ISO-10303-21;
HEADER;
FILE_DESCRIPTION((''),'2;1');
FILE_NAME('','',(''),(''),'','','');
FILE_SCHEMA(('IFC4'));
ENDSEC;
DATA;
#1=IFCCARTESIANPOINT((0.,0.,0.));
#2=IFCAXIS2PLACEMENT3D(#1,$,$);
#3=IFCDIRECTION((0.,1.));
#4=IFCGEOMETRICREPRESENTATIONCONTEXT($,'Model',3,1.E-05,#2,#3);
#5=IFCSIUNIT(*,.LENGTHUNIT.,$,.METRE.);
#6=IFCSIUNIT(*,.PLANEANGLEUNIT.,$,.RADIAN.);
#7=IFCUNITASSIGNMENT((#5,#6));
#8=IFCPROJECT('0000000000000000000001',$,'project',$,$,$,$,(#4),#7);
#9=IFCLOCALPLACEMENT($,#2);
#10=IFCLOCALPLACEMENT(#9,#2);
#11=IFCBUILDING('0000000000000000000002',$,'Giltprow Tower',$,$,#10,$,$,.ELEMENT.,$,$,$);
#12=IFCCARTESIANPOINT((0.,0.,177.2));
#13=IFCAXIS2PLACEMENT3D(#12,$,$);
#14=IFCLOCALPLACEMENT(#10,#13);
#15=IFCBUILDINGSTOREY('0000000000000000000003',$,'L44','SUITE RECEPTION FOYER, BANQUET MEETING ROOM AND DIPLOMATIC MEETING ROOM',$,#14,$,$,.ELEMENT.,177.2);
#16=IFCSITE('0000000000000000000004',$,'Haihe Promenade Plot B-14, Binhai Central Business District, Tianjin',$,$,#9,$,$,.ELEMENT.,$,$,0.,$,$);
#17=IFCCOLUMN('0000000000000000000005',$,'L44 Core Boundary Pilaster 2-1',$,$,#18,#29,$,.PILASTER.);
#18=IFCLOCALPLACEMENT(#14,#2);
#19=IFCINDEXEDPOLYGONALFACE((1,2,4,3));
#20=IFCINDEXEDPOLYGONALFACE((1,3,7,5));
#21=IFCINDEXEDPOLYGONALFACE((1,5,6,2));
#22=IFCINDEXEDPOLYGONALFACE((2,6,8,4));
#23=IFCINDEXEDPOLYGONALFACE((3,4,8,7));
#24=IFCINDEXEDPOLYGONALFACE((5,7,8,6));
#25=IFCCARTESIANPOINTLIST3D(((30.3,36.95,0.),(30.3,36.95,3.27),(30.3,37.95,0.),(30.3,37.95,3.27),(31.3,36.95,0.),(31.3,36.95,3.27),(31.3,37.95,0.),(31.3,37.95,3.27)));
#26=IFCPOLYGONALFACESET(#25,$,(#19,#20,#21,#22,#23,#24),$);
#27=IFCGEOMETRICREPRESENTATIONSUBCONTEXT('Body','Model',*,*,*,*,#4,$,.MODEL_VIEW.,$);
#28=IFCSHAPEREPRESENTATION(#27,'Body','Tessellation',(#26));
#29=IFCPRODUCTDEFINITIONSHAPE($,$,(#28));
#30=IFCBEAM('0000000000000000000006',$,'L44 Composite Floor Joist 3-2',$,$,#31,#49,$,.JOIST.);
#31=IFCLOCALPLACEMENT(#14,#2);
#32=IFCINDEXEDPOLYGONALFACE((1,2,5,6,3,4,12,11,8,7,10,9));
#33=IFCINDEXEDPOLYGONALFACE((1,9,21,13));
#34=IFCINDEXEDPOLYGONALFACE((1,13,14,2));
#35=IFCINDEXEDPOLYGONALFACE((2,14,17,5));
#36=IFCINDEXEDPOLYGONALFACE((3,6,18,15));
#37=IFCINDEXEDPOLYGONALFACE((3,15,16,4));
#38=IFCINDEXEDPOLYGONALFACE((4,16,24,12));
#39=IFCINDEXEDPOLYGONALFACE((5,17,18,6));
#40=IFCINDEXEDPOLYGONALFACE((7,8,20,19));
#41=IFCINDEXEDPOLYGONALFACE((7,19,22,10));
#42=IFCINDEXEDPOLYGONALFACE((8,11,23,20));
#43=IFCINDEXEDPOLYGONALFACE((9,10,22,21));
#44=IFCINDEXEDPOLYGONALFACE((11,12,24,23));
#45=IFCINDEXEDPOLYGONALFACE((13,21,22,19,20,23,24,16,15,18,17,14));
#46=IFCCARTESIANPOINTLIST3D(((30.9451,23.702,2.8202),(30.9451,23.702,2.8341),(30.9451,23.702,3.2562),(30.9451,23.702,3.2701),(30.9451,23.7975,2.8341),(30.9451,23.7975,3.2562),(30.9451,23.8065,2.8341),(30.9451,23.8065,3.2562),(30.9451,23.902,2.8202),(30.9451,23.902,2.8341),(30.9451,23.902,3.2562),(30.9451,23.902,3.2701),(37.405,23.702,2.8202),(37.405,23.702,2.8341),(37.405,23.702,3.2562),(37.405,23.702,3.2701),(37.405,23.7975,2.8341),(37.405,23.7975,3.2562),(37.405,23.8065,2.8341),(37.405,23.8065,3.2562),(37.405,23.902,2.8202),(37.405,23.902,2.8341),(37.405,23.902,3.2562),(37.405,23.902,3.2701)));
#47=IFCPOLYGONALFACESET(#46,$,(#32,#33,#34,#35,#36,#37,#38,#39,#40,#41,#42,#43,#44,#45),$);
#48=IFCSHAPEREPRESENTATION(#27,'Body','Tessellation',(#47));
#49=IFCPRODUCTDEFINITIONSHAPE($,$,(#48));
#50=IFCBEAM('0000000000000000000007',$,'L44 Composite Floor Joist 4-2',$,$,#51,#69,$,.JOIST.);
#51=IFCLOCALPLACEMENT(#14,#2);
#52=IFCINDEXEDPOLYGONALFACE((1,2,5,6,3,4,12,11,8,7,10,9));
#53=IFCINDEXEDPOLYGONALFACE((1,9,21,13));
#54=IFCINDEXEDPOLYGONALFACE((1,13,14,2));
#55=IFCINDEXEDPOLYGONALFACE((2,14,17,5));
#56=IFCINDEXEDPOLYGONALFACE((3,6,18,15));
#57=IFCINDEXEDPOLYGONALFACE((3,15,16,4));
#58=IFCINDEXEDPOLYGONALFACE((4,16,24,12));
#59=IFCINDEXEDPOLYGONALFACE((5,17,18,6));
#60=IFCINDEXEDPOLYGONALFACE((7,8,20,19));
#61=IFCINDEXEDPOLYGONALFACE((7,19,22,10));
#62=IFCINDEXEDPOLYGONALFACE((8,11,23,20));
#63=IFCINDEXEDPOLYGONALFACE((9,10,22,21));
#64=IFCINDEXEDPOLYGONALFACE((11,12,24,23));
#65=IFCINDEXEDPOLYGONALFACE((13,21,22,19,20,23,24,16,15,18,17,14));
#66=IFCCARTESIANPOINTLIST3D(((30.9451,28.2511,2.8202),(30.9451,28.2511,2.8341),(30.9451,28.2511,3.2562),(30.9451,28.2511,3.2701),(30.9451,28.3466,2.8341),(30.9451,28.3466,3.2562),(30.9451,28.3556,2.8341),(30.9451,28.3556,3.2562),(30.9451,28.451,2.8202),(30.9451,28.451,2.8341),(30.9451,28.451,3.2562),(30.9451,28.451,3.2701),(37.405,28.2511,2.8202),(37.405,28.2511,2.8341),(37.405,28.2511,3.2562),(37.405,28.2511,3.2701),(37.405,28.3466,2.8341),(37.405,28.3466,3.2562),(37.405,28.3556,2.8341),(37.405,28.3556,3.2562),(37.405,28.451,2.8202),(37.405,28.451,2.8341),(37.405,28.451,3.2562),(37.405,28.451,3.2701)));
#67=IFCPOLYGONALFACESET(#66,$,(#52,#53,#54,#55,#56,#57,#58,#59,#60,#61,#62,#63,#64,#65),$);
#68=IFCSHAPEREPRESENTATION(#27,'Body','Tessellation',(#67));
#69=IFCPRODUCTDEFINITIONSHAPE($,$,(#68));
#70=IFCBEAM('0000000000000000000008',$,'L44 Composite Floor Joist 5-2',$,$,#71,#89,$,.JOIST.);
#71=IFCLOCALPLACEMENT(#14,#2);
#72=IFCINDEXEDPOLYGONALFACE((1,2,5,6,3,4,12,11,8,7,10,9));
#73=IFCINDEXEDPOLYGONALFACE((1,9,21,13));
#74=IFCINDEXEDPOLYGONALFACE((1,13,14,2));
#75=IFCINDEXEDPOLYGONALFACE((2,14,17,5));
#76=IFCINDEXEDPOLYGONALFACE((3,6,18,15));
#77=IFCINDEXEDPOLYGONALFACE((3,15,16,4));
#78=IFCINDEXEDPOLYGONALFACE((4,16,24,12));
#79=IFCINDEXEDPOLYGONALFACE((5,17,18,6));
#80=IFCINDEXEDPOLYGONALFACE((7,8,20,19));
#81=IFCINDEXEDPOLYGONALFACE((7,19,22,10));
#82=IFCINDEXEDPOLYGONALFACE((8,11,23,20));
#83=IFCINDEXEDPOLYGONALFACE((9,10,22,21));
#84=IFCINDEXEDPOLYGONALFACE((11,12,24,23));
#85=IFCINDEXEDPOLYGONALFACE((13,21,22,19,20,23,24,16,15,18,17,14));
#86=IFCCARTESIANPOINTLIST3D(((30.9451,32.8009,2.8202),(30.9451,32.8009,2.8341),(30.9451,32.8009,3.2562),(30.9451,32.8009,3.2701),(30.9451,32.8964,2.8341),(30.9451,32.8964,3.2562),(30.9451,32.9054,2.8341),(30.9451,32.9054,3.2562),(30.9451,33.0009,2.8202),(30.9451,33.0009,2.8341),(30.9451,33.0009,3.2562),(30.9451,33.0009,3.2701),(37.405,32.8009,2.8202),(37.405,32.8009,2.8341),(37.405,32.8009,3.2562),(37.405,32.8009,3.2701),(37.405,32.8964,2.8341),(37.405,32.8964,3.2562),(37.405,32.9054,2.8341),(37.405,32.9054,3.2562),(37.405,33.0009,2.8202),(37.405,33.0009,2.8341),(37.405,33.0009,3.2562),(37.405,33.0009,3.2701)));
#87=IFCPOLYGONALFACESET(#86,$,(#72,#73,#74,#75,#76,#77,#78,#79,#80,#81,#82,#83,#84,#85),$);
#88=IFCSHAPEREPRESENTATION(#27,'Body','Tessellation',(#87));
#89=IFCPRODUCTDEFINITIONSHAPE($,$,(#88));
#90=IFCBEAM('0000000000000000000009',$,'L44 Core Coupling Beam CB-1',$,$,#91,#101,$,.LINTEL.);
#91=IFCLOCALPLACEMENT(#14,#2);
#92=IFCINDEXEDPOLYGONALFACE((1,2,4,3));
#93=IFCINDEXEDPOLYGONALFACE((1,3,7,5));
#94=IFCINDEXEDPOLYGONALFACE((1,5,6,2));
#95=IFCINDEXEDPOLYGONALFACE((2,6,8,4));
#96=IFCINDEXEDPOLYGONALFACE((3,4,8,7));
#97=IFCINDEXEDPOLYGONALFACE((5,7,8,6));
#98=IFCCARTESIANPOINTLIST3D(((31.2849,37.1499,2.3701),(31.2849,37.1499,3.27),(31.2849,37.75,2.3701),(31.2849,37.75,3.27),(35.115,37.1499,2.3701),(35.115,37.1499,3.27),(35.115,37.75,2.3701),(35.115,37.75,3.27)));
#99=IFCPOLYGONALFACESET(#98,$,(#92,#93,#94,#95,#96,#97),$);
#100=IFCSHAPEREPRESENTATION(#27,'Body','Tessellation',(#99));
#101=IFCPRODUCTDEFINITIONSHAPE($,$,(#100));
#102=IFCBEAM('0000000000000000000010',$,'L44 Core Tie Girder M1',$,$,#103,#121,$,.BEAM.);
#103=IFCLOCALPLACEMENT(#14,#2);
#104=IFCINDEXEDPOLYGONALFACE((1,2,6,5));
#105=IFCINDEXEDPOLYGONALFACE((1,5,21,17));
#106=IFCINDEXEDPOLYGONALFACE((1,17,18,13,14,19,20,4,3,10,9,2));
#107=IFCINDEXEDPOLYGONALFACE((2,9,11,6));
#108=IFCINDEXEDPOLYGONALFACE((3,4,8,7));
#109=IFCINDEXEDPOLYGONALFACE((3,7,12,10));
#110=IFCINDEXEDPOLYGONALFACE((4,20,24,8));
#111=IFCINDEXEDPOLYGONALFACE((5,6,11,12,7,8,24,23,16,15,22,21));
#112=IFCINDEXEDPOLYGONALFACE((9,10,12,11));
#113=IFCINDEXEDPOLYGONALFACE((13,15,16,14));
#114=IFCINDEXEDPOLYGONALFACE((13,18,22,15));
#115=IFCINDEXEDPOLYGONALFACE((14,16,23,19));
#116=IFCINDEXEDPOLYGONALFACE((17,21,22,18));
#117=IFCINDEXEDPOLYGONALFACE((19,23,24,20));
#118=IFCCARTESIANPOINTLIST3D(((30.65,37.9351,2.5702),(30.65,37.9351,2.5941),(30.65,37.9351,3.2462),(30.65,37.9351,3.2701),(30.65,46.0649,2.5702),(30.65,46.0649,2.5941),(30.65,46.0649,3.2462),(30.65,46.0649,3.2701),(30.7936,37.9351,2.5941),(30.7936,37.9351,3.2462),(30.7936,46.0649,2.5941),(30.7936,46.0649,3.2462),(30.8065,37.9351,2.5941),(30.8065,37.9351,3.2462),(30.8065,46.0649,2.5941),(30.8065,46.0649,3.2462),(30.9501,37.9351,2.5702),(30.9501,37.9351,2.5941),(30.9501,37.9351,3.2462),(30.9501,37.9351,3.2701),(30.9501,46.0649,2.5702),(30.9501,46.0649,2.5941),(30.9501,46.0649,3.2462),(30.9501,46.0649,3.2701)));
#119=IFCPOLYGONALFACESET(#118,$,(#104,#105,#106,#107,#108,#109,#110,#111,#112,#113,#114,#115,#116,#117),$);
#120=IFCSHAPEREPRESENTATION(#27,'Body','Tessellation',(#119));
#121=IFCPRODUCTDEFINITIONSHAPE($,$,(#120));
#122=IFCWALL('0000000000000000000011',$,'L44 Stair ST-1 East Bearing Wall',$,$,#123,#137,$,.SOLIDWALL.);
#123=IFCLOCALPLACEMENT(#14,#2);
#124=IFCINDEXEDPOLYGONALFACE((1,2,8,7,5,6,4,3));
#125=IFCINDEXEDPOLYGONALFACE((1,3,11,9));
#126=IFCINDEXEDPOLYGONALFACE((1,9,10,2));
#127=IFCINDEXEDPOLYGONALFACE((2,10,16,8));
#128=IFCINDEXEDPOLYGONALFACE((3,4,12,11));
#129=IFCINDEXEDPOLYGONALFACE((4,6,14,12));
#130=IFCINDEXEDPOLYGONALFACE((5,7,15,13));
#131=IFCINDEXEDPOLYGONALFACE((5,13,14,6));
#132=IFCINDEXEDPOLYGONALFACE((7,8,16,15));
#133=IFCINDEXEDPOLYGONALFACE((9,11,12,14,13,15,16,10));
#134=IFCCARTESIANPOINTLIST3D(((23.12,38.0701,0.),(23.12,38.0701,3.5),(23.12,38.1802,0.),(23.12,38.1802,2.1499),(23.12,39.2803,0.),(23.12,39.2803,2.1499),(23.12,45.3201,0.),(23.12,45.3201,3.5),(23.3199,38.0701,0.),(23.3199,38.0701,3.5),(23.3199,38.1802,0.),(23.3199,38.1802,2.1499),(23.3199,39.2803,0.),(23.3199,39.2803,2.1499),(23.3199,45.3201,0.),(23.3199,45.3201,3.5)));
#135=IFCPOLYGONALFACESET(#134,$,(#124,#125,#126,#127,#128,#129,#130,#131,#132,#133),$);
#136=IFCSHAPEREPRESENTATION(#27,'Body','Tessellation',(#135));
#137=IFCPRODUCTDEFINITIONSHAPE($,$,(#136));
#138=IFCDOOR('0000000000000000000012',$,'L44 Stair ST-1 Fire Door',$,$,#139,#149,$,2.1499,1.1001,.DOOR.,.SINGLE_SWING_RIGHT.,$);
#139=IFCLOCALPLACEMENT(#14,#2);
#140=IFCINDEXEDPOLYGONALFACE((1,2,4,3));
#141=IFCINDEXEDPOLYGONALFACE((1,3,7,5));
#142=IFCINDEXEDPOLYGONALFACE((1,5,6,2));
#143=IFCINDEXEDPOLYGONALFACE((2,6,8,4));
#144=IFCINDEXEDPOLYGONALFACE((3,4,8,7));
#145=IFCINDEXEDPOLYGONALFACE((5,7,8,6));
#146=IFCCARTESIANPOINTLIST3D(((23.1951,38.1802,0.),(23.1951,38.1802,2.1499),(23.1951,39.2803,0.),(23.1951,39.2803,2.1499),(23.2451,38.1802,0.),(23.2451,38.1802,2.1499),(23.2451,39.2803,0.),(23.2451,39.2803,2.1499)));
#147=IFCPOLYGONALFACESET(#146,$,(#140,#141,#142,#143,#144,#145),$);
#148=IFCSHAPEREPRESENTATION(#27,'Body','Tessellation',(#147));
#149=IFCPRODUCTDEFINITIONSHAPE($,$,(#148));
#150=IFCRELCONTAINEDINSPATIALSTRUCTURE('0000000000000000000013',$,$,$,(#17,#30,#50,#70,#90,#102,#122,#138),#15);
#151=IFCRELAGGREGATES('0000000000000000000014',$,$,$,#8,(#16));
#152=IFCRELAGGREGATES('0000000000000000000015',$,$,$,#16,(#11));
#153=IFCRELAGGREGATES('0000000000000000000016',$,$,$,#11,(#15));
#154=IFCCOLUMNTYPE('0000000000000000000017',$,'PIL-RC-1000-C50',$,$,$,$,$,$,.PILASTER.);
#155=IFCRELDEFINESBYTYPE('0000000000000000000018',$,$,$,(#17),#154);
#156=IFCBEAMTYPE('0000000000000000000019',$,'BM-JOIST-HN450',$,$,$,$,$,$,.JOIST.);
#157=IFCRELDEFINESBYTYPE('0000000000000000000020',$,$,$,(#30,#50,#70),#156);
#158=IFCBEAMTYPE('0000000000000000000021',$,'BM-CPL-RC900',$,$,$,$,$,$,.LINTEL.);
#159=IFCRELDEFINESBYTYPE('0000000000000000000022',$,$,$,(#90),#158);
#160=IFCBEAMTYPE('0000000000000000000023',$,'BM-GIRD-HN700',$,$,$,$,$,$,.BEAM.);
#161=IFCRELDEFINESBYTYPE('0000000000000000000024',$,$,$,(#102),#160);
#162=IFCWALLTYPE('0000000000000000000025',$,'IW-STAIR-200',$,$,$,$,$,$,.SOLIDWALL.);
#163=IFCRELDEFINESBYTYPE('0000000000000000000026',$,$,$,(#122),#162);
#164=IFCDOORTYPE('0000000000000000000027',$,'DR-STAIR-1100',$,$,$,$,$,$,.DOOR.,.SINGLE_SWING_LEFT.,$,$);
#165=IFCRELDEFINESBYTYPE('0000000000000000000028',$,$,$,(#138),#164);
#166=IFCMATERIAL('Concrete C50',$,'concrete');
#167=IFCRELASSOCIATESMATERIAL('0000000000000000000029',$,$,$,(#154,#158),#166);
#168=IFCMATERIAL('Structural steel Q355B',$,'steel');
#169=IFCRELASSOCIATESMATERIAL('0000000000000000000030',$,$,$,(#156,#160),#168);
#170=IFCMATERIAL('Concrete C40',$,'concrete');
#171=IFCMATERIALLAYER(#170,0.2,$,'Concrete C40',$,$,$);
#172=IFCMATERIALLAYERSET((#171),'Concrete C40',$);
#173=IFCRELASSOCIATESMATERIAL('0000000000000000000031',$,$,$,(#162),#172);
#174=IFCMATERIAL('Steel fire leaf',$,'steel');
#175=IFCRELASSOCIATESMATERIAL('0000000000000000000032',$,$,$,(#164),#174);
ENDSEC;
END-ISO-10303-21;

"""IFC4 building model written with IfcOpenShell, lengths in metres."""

from ifc_helpers import new_model, si_unit, direction, frame, frame_2d, origin, origin_2d, place, context, subcontext, project, spatial, rectangle, i_section, extrude, source, transform, mapped, material, layer, layer_set, material_profile, profile_set, type_object, element, fill, save


model = new_model("IFC4")

# Units and contexts
model_context = context("Model", 3, precision=1e-05, world=origin(), true_north=direction((0.0, 1.0)))
body_context = subcontext(model_context, "Body", "Model", "MODEL_VIEW")
ifc_project = project(units=[si_unit("LENGTHUNIT", "METRE"), si_unit("PLANEANGLEUNIT", "RADIAN")], contexts=[model_context])

# Site, building, storey
site_placement = place(None, origin())
site = spatial("IfcSite", under=ifc_project, at=site_placement, Name="Haihe Promenade Plot B-14, Binhai Central Business District, Tianjin", CompositionType="ELEMENT", RefElevation=0.0)
building_placement = place(site_placement, origin())
building = spatial("IfcBuilding", under=site, at=building_placement, Name="Giltprow Tower", CompositionType="ELEMENT")
storey_placement = place(building_placement, frame((0.0, 0.0, 177.2)))
storey = spatial("IfcBuildingStorey", under=building, at=storey_placement, Name="L44", Description="SUITE RECEPTION FOYER, BANQUET MEETING ROOM AND DIPLOMATIC MEETING ROOM", CompositionType="ELEMENT", Elevation=177.2)

# Column
ifc_material_1 = material(Name="Concrete C50", Category="concrete")
ifc_material_profile_1 = material_profile(ifc_material_1, rectangle(XDim=1.0, YDim=1.0, at=origin_2d()), Name="RC 1000x1000")
ifc_profile_set_1 = profile_set([ifc_material_profile_1], Name="Concrete C50")
column_type = type_object("IfcColumnType", Name="PIL-RC-1000-C50", PredefinedType="PILASTER", material=ifc_profile_set_1)
shared_shape_1 = source(origin(), body_context, "Body", "SweptSolid", [
    extrude(rectangle(XDim=1.0, YDim=1.0, at=origin_2d()), origin(), (0.0, 0.0, 1.0), 3.27),
])
column_placement = place(storey_placement, frame((30.8, 37.45, 0.0), z_axis=(0.0, 0.0, 1.0), x_axis=(1.0, 0.0, 0.0)))
element("IfcColumn", 1, at=column_placement, inside=storey, type_object=column_type, Name="L44 Core Boundary Pilaster 2-1", PredefinedType="PILASTER", context=body_context, shape_type="MappedRepresentation", body=[
    mapped(shared_shape_1, transform((0.0, 0.0, 0.0), x_axis=(1.0, 0.0, 0.0), y_axis=(0.0, 1.0, 0.0), z_axis=(0.0, 0.0, 1.0), scale=1.0)),
])

# Beams
ifc_material_2 = material(Name="Structural steel Q355B", Category="steel")
ifc_material_profile_2 = material_profile(ifc_material_2, i_section(OverallWidth=0.2, OverallDepth=0.45, WebThickness=0.009, FlangeThickness=0.0139, at=origin_2d()), Name="HN 450x200x9x14")
ifc_profile_set_2 = profile_set([ifc_material_profile_2], Name="Structural steel Q355B")
beam_type_1 = type_object("IfcBeamType", Name="BM-JOIST-HN450", PredefinedType="JOIST", material=ifc_profile_set_2)
shared_shape_2 = source(origin(), body_context, "Body", "SweptSolid", [
    extrude(i_section(OverallWidth=0.2, OverallDepth=0.45, WebThickness=0.009, FlangeThickness=0.0139, at=origin_2d()), origin(), (0.0, 0.0, 1.0), 6.46),
])
for number, where, z_axis, x_axis, name in (
    (2, (30.9451, 23.802, 3.0452), (1.0, 0.0, 0.0), (0.0, 1.0, 0.0), "L44 Composite Floor Joist 3-2"),
    (3, (30.9451, 28.3511, 3.0452), (1.0, 0.0, 0.0), (0.0, 1.0, 0.0), "L44 Composite Floor Joist 4-2"),
    (4, (30.9451, 32.9009, 3.0452), (1.0, 0.0, 0.0), (0.0, 1.0, 0.0), "L44 Composite Floor Joist 5-2"),
):
    element("IfcBeam", number, at=place(storey_placement, frame(where, z_axis=z_axis, x_axis=x_axis)), inside=storey, type_object=beam_type_1, Name=name, PredefinedType="JOIST", context=body_context, shape_type="MappedRepresentation", body=[
        mapped(shared_shape_2, transform((0.0, 0.0, 0.0), x_axis=(1.0, 0.0, 0.0), y_axis=(0.0, 1.0, 0.0), z_axis=(0.0, 0.0, 1.0), scale=1.0)),
    ])
ifc_material_profile_3 = material_profile(ifc_material_1, rectangle(XDim=0.6001, YDim=0.8999, at=origin_2d()), Name="RC 900x600")
ifc_profile_set_3 = profile_set([ifc_material_profile_3], Name="Concrete C50")
beam_type_2 = type_object("IfcBeamType", Name="BM-CPL-RC900", PredefinedType="LINTEL", material=ifc_profile_set_3)
shared_shape_3 = source(origin(), body_context, "Body", "SweptSolid", [
    extrude(rectangle(XDim=0.6001, YDim=0.8999, at=origin_2d()), origin(), (0.0, 0.0, 1.0), 3.8301),
])
beam_1_placement = place(storey_placement, frame((31.2849, 37.45, 2.8201), z_axis=(1.0, 0.0, 0.0), x_axis=(0.0, 1.0, 0.0)))
element("IfcBeam", 5, at=beam_1_placement, inside=storey, type_object=beam_type_2, Name="L44 Core Coupling Beam CB-1", PredefinedType="LINTEL", context=body_context, shape_type="MappedRepresentation", body=[
    mapped(shared_shape_3, transform((0.0, 0.0, 0.0), x_axis=(1.0, 0.0, 0.0), y_axis=(0.0, 1.0, 0.0), z_axis=(0.0, 0.0, 1.0), scale=1.0)),
])
ifc_material_profile_4 = material_profile(ifc_material_2, i_section(OverallWidth=0.3, OverallDepth=0.7, WebThickness=0.0129, FlangeThickness=0.0239, at=origin_2d()), Name="HN 700x300x13x24")
ifc_profile_set_4 = profile_set([ifc_material_profile_4], Name="Structural steel Q355B")
beam_type_3 = type_object("IfcBeamType", Name="BM-GIRD-HN700", PredefinedType="BEAM", material=ifc_profile_set_4)
shared_shape_4 = source(origin(), body_context, "Body", "SweptSolid", [
    extrude(i_section(OverallWidth=0.3, OverallDepth=0.7, WebThickness=0.0129, FlangeThickness=0.0239, at=origin_2d()), origin(), (0.0, 0.0, 1.0), 8.1299),
])
beam_2_placement = place(storey_placement, frame((30.8, 37.9351, 2.9202), z_axis=(0.0, 1.0, 0.0), x_axis=(-1.0, 0.0, 0.0)))
element("IfcBeam", 6, at=beam_2_placement, inside=storey, type_object=beam_type_3, Name="L44 Core Tie Girder M1", PredefinedType="BEAM", context=body_context, shape_type="MappedRepresentation", body=[
    mapped(shared_shape_4, transform((0.0, 0.0, 0.0), x_axis=(1.0, 0.0, 0.0), y_axis=(0.0, 1.0, 0.0), z_axis=(0.0, 0.0, 1.0), scale=1.0)),
])

# Wall, opening, door
ifc_material_3 = material(Name="Concrete C40", Category="concrete")
ifc_layer_1 = layer(ifc_material_3, 0.2, Name="Concrete C40")
ifc_layer_set_1 = layer_set([ifc_layer_1], Name="Concrete C40")
wall_type_1 = type_object("IfcWallType", Name="IW-STAIR-200", PredefinedType="SOLIDWALL", material=ifc_layer_set_1)
wall_1_placement = place(storey_placement, frame((23.22, 38.0701, 0.0), z_axis=(0.0, 0.0, 1.0), x_axis=(0.0, 1.0, 0.0)))
wall_1 = element("IfcWall", 7, at=wall_1_placement, inside=storey, type_object=wall_type_1, Name="L44 Stair ST-1 East Bearing Wall", PredefinedType="SOLIDWALL", context=body_context, shape_type="SweptSolid", body=[
    extrude(rectangle(XDim=7.25, YDim=0.2, at=frame_2d((3.625, 0.0))), origin(), (0.0, 0.0, 1.0), 3.5),
])
opening_1_placement = place(wall_1_placement, frame((0.1101, 0.0, 0.0)))
opening_1 = element("IfcOpeningElement", 8, at=opening_1_placement, cuts=wall_1, PredefinedType="OPENING", context=body_context, shape_type="SweptSolid", body=[
    extrude(rectangle(XDim=1.1001, YDim=2.1499, at=frame_2d((0.55, 1.075))), frame((0.0, 0.1099, 0.0), z_axis=(0.0, -1.0, 0.0), x_axis=(1.0, 0.0, 0.0)), (0.0, 0.0, 1.0), 0.22),
])
ifc_material_4 = material(Name="Steel fire leaf", Category="steel")
door_type_1 = type_object("IfcDoorType", Name="DR-STAIR-1100", OperationType="SINGLE_SWING_LEFT", PredefinedType="DOOR", material=ifc_material_4)
shared_shape_5 = source(origin(), body_context, "Body", "SweptSolid", [
    extrude(rectangle(XDim=1.1001, YDim=2.1499, at=frame_2d((0.55, 1.075))), frame((0.0, 0.0249, 0.0), z_axis=(0.0, -1.0, 0.0), x_axis=(1.0, 0.0, 0.0)), (0.0, 0.0, 1.0), 0.05),
])
door_1_placement = place(opening_1_placement, origin())
door_1 = element("IfcDoor", 9, at=door_1_placement, inside=storey, type_object=door_type_1, Name="L44 Stair ST-1 Fire Door", OperationType="SINGLE_SWING_RIGHT", OverallHeight=2.1499, OverallWidth=1.1001, PredefinedType="DOOR", context=body_context, shape_type="MappedRepresentation", body=[
    mapped(shared_shape_5, transform((0.0, 0.0, 0.0), x_axis=(1.0, 0.0, 0.0), y_axis=(0.0, 1.0, 0.0), z_axis=(0.0, 0.0, 1.0), scale=1.0)),
])
fill(opening_1, door_1)

save(model, "model.ifc")
